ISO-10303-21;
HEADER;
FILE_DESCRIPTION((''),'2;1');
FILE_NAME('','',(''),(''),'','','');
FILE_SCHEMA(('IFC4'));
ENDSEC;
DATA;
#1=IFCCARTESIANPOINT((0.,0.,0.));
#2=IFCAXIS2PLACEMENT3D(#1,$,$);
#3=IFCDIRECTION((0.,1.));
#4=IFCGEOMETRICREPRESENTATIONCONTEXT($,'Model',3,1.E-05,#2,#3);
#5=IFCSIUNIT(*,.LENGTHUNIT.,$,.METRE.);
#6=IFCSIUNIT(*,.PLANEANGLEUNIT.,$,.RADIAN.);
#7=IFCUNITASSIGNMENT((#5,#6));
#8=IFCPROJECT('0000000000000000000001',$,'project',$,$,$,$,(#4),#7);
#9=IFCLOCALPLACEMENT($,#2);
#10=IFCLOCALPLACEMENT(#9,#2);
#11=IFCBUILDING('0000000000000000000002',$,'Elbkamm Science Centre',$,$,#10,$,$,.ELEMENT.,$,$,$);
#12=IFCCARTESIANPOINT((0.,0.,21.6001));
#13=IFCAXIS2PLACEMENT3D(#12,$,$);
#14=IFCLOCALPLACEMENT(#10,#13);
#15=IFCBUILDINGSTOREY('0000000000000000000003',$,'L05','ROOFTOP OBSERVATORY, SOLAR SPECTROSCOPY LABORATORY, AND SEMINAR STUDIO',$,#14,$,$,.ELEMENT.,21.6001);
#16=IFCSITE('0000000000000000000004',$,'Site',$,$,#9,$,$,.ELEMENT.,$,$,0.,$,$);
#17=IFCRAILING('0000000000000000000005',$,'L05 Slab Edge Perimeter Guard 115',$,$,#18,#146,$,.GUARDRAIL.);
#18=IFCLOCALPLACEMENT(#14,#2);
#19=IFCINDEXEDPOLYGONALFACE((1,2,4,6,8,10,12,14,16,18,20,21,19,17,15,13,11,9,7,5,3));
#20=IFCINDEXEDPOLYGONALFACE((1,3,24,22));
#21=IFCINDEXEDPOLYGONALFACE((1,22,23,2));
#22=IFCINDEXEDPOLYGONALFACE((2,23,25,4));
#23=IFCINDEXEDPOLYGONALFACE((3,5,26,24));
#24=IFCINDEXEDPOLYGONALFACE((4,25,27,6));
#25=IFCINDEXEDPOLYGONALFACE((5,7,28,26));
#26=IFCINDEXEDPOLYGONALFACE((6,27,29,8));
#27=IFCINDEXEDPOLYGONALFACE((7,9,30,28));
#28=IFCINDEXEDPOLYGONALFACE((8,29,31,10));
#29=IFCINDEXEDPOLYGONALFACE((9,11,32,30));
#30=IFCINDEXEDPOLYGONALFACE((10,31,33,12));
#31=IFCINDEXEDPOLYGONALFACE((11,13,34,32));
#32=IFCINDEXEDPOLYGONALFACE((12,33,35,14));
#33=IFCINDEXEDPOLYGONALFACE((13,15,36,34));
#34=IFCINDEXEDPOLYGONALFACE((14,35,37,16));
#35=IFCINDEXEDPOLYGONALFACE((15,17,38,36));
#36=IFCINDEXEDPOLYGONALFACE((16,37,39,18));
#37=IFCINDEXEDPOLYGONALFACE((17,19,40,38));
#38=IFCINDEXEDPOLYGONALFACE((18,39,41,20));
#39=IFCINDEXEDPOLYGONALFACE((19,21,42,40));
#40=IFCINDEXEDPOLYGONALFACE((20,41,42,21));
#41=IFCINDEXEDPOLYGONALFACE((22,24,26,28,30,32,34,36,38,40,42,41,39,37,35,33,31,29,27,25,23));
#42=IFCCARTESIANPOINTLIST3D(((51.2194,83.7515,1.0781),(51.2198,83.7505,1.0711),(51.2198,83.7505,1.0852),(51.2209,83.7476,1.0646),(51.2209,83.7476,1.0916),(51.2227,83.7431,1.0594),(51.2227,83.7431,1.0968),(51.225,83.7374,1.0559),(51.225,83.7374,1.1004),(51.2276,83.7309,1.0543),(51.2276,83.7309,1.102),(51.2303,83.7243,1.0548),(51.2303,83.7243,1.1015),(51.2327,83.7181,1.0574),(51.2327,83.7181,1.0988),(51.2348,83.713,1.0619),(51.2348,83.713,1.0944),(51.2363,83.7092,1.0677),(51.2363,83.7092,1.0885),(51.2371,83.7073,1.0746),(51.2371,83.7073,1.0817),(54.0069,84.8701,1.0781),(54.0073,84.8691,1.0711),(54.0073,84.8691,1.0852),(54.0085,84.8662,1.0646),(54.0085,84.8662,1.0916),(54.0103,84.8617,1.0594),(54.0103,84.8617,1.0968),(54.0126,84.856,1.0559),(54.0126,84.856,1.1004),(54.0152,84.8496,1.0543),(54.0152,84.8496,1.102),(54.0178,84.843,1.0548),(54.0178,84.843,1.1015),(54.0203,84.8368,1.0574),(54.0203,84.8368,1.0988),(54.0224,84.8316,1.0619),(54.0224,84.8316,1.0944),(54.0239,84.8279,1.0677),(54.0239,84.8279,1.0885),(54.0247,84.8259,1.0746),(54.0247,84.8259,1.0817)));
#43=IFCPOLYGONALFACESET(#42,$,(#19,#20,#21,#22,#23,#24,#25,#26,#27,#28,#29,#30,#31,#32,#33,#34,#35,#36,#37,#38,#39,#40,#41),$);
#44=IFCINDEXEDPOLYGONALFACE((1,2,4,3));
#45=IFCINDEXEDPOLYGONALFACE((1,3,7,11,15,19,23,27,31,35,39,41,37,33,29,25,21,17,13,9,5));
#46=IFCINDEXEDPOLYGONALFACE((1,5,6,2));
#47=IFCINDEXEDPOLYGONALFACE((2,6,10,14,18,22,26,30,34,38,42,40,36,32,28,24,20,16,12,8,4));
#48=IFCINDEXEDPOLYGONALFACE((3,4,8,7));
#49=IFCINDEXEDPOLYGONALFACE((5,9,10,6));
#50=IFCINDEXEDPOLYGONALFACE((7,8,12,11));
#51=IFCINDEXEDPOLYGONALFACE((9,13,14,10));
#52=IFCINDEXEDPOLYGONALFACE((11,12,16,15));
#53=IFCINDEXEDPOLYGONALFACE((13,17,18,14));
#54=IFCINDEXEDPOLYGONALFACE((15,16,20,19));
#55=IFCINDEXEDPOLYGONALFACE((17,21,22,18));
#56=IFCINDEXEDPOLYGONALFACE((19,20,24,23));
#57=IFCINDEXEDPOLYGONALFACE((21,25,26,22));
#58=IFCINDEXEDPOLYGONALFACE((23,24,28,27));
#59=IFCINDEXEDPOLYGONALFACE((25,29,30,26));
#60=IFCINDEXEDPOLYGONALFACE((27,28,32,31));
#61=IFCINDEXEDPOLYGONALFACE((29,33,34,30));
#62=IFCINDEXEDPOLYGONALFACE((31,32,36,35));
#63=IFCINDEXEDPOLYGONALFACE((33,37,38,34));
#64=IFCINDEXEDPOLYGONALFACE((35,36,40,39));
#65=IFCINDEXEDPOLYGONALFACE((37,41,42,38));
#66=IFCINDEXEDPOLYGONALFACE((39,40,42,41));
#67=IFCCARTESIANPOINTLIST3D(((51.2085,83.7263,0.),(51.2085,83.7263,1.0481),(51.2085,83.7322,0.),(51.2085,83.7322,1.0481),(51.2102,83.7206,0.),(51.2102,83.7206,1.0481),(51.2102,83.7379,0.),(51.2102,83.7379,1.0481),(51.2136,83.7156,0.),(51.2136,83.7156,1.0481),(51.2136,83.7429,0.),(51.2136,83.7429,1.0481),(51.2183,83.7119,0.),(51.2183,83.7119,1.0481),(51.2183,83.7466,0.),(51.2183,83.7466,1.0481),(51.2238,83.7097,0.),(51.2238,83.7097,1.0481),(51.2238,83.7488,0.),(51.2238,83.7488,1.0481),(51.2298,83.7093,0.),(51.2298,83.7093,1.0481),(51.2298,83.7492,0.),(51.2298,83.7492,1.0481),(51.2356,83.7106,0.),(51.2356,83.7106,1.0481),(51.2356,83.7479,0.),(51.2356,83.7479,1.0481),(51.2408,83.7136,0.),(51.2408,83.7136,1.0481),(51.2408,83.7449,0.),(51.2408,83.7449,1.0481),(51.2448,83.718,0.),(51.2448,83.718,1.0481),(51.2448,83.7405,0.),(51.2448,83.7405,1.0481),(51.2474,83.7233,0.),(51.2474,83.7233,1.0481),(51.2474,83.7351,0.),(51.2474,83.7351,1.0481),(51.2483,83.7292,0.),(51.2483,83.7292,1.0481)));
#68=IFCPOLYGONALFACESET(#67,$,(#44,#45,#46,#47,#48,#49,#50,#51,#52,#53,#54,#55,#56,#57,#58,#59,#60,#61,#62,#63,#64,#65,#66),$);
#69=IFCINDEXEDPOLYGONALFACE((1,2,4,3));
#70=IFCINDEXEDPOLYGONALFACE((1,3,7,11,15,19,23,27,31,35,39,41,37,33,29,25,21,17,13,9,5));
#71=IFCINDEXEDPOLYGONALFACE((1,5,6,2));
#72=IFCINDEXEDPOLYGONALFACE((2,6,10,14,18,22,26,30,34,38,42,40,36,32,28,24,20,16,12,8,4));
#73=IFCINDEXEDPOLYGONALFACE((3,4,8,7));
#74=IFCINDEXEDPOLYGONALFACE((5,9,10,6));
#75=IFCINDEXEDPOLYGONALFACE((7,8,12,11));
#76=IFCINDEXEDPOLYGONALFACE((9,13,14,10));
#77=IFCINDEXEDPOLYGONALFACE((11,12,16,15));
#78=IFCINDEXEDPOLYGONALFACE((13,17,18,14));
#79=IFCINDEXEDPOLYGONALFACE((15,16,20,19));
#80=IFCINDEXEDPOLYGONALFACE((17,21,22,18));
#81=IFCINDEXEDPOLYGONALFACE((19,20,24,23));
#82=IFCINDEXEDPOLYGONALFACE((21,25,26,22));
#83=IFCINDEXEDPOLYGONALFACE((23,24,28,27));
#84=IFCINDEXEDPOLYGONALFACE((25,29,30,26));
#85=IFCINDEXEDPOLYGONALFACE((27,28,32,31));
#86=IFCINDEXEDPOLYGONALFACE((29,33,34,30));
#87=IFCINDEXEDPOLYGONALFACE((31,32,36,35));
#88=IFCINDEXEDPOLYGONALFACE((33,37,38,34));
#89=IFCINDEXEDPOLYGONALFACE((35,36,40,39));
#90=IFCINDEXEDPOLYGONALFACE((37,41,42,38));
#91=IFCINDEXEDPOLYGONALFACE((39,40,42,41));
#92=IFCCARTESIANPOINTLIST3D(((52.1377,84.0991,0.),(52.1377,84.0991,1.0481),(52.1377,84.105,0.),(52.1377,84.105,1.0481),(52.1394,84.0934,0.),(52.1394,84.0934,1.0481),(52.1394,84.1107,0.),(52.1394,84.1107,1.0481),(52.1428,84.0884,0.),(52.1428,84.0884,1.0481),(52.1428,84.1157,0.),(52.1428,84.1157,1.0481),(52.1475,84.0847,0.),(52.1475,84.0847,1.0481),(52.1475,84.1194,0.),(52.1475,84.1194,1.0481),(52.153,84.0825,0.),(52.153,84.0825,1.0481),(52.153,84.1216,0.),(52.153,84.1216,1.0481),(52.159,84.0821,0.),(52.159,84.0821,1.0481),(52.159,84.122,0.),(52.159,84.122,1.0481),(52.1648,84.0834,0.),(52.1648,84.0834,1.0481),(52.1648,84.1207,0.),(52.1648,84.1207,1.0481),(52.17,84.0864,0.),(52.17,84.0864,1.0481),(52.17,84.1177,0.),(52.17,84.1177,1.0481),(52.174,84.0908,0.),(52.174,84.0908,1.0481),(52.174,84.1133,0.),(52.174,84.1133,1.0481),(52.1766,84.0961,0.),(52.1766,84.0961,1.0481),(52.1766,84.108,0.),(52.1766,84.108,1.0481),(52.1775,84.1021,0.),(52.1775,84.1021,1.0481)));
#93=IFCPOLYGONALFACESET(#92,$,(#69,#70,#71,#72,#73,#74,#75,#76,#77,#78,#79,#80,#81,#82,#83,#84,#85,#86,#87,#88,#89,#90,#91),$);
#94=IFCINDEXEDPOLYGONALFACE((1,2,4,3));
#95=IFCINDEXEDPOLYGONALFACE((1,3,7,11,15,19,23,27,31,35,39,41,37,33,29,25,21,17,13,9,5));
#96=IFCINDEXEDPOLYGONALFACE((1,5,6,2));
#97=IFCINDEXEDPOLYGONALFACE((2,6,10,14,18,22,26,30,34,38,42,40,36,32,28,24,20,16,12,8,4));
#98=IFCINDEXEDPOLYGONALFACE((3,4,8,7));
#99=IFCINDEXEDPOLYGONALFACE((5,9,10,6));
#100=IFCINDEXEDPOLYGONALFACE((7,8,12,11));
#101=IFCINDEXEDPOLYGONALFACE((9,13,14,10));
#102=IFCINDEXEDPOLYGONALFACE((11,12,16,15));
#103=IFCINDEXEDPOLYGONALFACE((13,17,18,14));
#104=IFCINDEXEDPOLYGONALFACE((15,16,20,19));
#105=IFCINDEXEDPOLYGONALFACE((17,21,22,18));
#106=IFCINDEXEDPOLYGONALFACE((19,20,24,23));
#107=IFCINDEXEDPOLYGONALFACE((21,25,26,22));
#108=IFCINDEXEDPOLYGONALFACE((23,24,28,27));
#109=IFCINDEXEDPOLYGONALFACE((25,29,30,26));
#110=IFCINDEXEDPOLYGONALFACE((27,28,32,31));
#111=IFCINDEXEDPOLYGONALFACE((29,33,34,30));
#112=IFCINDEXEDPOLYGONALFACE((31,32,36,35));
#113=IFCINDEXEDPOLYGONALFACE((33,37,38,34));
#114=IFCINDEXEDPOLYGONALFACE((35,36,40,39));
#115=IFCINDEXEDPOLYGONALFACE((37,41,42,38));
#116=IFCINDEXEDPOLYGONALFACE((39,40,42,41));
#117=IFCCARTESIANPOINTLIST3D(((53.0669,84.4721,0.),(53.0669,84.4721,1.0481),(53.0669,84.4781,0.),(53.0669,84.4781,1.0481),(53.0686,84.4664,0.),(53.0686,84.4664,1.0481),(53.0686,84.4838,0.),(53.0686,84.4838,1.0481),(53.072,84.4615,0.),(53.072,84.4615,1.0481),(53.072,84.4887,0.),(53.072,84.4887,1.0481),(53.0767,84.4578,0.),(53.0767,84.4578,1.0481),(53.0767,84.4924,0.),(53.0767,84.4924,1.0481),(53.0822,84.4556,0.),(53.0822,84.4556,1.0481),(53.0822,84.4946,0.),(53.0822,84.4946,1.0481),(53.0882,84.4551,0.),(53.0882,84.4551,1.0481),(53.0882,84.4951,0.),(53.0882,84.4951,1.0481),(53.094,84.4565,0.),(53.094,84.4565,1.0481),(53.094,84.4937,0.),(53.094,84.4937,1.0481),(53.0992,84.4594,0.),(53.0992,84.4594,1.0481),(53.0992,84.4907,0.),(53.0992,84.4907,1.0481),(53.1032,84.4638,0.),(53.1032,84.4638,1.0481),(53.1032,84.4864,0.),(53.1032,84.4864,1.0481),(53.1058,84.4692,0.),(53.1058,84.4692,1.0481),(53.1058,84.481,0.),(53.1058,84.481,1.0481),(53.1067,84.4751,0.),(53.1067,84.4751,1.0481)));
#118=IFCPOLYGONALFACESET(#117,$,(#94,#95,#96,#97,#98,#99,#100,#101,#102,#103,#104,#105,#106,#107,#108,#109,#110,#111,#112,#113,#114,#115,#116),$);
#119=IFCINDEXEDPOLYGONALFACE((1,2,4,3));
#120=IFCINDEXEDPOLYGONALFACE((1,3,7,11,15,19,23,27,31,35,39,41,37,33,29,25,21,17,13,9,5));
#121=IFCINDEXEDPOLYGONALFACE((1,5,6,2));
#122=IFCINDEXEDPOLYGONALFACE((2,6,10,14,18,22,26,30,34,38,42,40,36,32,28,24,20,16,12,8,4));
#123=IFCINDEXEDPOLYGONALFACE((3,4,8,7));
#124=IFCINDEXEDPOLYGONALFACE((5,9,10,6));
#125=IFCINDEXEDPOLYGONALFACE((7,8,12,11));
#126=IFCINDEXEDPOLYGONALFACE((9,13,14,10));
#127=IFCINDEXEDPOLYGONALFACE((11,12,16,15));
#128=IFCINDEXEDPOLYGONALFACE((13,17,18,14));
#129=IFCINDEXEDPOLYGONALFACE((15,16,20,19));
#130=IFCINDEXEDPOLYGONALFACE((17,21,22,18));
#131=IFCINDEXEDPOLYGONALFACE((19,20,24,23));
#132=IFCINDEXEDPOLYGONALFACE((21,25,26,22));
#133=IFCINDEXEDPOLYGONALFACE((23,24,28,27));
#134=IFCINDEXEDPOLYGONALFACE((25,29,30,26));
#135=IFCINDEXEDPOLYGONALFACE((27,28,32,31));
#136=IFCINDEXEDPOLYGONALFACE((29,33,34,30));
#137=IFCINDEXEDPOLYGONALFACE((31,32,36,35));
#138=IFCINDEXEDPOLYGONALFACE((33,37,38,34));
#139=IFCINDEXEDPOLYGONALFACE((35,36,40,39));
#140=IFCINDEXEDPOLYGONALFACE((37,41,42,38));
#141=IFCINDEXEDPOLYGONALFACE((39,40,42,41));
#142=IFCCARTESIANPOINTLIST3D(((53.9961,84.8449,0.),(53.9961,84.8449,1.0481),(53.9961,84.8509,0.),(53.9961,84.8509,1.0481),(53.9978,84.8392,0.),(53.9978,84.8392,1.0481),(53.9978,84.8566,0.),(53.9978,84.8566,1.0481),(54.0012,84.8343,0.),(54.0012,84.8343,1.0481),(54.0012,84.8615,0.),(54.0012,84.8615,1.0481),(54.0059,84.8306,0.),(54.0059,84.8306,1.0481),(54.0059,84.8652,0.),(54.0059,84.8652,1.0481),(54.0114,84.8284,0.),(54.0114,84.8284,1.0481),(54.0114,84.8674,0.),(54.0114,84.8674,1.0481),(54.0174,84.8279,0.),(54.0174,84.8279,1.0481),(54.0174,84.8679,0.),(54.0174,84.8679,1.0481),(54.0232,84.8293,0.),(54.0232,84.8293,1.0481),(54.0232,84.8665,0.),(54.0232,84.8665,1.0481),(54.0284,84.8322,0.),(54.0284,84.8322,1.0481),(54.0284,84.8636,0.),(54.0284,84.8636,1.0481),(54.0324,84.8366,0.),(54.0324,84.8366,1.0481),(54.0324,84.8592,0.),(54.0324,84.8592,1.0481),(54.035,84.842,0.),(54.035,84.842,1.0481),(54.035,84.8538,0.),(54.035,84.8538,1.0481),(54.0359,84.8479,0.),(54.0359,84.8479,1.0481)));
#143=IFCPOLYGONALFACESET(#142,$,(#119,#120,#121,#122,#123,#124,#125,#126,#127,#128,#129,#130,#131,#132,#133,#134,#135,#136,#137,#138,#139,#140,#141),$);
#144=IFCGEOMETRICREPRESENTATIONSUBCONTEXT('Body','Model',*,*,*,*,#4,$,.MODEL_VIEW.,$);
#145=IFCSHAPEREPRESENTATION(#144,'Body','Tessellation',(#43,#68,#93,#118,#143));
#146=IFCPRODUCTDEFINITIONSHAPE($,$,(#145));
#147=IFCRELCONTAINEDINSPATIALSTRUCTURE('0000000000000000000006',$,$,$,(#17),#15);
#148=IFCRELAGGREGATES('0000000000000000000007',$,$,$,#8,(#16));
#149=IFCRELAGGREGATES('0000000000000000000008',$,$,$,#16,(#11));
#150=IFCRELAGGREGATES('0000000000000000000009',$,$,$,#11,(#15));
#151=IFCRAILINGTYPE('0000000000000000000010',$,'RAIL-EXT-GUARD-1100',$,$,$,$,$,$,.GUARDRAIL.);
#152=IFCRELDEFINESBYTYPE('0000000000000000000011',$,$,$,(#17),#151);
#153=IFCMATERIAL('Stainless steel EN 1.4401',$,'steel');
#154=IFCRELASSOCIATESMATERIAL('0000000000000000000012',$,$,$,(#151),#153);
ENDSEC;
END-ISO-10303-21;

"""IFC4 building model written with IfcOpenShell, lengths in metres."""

from ifc_helpers import new_model, si_unit, direction, frame, origin, origin_2d, place, context, subcontext, project, spatial, circle, extrude, material, type_object, element, save


model = new_model("IFC4")

# Units and contexts
model_context = context("Model", 3, precision=1e-05, world=origin(), true_north=direction((0.0, 1.0)))
body_context = subcontext(model_context, "Body", "Model", "MODEL_VIEW")
ifc_project = project(units=[si_unit("LENGTHUNIT", "METRE"), si_unit("PLANEANGLEUNIT", "RADIAN")], contexts=[model_context])

# Site, building, storey
site_placement = place(None, origin())
site = spatial("IfcSite", under=ifc_project, at=site_placement, Name="Site", CompositionType="ELEMENT", RefElevation=0.0)
building_placement = place(site_placement, origin())
building = spatial("IfcBuilding", under=site, at=building_placement, Name="Elbkamm Science Centre", CompositionType="ELEMENT")
storey_placement = place(building_placement, frame((0.0, 0.0, 21.6001)))
storey = spatial("IfcBuildingStorey", under=building, at=storey_placement, Name="L05", Description="ROOFTOP OBSERVATORY, SOLAR SPECTROSCOPY LABORATORY, AND SEMINAR STUDIO", CompositionType="ELEMENT", Elevation=21.6001)

# Railing
ifc_material_1 = material(Name="Stainless steel EN 1.4401", Category="steel")
railing_type = type_object("IfcRailingType", Name="RAIL-EXT-GUARD-1100", PredefinedType="GUARDRAIL", material=ifc_material_1)
railing_1_placement = place(storey_placement, frame((51.2283, 83.7292, 0.0)))
element("IfcRailing", 1, at=railing_1_placement, inside=storey, type_object=railing_type, Name="L05 Slab Edge Perimeter Guard 115", PredefinedType="GUARDRAIL", context=body_context, shape_type="SweptSolid", body=[
    extrude(circle(Radius=0.0239, at=origin_2d()), frame((0.0, 0.0, 1.0781), z_axis=(0.928061, 0.372427, 0.0), x_axis=(-0.372427, 0.928061, 0.0)), (0.0, 0.0, 1.0), 3.0037),
    extrude(circle(Radius=0.02, at=origin_2d()), origin(), (0.0, 0.0, 1.0), 1.0481),
    extrude(circle(Radius=0.02, at=origin_2d()), frame((0.9292, 0.3728, 0.0)), (0.0, 0.0, 1.0), 1.0481),
    extrude(circle(Radius=0.02, at=origin_2d()), frame((1.8584, 0.7458, 0.0)), (0.0, 0.0, 1.0), 1.0481),
    extrude(circle(Radius=0.02, at=origin_2d()), frame((2.7876, 1.1187, 0.0)), (0.0, 0.0, 1.0), 1.0481),
])

save(model, "model.ifc")
